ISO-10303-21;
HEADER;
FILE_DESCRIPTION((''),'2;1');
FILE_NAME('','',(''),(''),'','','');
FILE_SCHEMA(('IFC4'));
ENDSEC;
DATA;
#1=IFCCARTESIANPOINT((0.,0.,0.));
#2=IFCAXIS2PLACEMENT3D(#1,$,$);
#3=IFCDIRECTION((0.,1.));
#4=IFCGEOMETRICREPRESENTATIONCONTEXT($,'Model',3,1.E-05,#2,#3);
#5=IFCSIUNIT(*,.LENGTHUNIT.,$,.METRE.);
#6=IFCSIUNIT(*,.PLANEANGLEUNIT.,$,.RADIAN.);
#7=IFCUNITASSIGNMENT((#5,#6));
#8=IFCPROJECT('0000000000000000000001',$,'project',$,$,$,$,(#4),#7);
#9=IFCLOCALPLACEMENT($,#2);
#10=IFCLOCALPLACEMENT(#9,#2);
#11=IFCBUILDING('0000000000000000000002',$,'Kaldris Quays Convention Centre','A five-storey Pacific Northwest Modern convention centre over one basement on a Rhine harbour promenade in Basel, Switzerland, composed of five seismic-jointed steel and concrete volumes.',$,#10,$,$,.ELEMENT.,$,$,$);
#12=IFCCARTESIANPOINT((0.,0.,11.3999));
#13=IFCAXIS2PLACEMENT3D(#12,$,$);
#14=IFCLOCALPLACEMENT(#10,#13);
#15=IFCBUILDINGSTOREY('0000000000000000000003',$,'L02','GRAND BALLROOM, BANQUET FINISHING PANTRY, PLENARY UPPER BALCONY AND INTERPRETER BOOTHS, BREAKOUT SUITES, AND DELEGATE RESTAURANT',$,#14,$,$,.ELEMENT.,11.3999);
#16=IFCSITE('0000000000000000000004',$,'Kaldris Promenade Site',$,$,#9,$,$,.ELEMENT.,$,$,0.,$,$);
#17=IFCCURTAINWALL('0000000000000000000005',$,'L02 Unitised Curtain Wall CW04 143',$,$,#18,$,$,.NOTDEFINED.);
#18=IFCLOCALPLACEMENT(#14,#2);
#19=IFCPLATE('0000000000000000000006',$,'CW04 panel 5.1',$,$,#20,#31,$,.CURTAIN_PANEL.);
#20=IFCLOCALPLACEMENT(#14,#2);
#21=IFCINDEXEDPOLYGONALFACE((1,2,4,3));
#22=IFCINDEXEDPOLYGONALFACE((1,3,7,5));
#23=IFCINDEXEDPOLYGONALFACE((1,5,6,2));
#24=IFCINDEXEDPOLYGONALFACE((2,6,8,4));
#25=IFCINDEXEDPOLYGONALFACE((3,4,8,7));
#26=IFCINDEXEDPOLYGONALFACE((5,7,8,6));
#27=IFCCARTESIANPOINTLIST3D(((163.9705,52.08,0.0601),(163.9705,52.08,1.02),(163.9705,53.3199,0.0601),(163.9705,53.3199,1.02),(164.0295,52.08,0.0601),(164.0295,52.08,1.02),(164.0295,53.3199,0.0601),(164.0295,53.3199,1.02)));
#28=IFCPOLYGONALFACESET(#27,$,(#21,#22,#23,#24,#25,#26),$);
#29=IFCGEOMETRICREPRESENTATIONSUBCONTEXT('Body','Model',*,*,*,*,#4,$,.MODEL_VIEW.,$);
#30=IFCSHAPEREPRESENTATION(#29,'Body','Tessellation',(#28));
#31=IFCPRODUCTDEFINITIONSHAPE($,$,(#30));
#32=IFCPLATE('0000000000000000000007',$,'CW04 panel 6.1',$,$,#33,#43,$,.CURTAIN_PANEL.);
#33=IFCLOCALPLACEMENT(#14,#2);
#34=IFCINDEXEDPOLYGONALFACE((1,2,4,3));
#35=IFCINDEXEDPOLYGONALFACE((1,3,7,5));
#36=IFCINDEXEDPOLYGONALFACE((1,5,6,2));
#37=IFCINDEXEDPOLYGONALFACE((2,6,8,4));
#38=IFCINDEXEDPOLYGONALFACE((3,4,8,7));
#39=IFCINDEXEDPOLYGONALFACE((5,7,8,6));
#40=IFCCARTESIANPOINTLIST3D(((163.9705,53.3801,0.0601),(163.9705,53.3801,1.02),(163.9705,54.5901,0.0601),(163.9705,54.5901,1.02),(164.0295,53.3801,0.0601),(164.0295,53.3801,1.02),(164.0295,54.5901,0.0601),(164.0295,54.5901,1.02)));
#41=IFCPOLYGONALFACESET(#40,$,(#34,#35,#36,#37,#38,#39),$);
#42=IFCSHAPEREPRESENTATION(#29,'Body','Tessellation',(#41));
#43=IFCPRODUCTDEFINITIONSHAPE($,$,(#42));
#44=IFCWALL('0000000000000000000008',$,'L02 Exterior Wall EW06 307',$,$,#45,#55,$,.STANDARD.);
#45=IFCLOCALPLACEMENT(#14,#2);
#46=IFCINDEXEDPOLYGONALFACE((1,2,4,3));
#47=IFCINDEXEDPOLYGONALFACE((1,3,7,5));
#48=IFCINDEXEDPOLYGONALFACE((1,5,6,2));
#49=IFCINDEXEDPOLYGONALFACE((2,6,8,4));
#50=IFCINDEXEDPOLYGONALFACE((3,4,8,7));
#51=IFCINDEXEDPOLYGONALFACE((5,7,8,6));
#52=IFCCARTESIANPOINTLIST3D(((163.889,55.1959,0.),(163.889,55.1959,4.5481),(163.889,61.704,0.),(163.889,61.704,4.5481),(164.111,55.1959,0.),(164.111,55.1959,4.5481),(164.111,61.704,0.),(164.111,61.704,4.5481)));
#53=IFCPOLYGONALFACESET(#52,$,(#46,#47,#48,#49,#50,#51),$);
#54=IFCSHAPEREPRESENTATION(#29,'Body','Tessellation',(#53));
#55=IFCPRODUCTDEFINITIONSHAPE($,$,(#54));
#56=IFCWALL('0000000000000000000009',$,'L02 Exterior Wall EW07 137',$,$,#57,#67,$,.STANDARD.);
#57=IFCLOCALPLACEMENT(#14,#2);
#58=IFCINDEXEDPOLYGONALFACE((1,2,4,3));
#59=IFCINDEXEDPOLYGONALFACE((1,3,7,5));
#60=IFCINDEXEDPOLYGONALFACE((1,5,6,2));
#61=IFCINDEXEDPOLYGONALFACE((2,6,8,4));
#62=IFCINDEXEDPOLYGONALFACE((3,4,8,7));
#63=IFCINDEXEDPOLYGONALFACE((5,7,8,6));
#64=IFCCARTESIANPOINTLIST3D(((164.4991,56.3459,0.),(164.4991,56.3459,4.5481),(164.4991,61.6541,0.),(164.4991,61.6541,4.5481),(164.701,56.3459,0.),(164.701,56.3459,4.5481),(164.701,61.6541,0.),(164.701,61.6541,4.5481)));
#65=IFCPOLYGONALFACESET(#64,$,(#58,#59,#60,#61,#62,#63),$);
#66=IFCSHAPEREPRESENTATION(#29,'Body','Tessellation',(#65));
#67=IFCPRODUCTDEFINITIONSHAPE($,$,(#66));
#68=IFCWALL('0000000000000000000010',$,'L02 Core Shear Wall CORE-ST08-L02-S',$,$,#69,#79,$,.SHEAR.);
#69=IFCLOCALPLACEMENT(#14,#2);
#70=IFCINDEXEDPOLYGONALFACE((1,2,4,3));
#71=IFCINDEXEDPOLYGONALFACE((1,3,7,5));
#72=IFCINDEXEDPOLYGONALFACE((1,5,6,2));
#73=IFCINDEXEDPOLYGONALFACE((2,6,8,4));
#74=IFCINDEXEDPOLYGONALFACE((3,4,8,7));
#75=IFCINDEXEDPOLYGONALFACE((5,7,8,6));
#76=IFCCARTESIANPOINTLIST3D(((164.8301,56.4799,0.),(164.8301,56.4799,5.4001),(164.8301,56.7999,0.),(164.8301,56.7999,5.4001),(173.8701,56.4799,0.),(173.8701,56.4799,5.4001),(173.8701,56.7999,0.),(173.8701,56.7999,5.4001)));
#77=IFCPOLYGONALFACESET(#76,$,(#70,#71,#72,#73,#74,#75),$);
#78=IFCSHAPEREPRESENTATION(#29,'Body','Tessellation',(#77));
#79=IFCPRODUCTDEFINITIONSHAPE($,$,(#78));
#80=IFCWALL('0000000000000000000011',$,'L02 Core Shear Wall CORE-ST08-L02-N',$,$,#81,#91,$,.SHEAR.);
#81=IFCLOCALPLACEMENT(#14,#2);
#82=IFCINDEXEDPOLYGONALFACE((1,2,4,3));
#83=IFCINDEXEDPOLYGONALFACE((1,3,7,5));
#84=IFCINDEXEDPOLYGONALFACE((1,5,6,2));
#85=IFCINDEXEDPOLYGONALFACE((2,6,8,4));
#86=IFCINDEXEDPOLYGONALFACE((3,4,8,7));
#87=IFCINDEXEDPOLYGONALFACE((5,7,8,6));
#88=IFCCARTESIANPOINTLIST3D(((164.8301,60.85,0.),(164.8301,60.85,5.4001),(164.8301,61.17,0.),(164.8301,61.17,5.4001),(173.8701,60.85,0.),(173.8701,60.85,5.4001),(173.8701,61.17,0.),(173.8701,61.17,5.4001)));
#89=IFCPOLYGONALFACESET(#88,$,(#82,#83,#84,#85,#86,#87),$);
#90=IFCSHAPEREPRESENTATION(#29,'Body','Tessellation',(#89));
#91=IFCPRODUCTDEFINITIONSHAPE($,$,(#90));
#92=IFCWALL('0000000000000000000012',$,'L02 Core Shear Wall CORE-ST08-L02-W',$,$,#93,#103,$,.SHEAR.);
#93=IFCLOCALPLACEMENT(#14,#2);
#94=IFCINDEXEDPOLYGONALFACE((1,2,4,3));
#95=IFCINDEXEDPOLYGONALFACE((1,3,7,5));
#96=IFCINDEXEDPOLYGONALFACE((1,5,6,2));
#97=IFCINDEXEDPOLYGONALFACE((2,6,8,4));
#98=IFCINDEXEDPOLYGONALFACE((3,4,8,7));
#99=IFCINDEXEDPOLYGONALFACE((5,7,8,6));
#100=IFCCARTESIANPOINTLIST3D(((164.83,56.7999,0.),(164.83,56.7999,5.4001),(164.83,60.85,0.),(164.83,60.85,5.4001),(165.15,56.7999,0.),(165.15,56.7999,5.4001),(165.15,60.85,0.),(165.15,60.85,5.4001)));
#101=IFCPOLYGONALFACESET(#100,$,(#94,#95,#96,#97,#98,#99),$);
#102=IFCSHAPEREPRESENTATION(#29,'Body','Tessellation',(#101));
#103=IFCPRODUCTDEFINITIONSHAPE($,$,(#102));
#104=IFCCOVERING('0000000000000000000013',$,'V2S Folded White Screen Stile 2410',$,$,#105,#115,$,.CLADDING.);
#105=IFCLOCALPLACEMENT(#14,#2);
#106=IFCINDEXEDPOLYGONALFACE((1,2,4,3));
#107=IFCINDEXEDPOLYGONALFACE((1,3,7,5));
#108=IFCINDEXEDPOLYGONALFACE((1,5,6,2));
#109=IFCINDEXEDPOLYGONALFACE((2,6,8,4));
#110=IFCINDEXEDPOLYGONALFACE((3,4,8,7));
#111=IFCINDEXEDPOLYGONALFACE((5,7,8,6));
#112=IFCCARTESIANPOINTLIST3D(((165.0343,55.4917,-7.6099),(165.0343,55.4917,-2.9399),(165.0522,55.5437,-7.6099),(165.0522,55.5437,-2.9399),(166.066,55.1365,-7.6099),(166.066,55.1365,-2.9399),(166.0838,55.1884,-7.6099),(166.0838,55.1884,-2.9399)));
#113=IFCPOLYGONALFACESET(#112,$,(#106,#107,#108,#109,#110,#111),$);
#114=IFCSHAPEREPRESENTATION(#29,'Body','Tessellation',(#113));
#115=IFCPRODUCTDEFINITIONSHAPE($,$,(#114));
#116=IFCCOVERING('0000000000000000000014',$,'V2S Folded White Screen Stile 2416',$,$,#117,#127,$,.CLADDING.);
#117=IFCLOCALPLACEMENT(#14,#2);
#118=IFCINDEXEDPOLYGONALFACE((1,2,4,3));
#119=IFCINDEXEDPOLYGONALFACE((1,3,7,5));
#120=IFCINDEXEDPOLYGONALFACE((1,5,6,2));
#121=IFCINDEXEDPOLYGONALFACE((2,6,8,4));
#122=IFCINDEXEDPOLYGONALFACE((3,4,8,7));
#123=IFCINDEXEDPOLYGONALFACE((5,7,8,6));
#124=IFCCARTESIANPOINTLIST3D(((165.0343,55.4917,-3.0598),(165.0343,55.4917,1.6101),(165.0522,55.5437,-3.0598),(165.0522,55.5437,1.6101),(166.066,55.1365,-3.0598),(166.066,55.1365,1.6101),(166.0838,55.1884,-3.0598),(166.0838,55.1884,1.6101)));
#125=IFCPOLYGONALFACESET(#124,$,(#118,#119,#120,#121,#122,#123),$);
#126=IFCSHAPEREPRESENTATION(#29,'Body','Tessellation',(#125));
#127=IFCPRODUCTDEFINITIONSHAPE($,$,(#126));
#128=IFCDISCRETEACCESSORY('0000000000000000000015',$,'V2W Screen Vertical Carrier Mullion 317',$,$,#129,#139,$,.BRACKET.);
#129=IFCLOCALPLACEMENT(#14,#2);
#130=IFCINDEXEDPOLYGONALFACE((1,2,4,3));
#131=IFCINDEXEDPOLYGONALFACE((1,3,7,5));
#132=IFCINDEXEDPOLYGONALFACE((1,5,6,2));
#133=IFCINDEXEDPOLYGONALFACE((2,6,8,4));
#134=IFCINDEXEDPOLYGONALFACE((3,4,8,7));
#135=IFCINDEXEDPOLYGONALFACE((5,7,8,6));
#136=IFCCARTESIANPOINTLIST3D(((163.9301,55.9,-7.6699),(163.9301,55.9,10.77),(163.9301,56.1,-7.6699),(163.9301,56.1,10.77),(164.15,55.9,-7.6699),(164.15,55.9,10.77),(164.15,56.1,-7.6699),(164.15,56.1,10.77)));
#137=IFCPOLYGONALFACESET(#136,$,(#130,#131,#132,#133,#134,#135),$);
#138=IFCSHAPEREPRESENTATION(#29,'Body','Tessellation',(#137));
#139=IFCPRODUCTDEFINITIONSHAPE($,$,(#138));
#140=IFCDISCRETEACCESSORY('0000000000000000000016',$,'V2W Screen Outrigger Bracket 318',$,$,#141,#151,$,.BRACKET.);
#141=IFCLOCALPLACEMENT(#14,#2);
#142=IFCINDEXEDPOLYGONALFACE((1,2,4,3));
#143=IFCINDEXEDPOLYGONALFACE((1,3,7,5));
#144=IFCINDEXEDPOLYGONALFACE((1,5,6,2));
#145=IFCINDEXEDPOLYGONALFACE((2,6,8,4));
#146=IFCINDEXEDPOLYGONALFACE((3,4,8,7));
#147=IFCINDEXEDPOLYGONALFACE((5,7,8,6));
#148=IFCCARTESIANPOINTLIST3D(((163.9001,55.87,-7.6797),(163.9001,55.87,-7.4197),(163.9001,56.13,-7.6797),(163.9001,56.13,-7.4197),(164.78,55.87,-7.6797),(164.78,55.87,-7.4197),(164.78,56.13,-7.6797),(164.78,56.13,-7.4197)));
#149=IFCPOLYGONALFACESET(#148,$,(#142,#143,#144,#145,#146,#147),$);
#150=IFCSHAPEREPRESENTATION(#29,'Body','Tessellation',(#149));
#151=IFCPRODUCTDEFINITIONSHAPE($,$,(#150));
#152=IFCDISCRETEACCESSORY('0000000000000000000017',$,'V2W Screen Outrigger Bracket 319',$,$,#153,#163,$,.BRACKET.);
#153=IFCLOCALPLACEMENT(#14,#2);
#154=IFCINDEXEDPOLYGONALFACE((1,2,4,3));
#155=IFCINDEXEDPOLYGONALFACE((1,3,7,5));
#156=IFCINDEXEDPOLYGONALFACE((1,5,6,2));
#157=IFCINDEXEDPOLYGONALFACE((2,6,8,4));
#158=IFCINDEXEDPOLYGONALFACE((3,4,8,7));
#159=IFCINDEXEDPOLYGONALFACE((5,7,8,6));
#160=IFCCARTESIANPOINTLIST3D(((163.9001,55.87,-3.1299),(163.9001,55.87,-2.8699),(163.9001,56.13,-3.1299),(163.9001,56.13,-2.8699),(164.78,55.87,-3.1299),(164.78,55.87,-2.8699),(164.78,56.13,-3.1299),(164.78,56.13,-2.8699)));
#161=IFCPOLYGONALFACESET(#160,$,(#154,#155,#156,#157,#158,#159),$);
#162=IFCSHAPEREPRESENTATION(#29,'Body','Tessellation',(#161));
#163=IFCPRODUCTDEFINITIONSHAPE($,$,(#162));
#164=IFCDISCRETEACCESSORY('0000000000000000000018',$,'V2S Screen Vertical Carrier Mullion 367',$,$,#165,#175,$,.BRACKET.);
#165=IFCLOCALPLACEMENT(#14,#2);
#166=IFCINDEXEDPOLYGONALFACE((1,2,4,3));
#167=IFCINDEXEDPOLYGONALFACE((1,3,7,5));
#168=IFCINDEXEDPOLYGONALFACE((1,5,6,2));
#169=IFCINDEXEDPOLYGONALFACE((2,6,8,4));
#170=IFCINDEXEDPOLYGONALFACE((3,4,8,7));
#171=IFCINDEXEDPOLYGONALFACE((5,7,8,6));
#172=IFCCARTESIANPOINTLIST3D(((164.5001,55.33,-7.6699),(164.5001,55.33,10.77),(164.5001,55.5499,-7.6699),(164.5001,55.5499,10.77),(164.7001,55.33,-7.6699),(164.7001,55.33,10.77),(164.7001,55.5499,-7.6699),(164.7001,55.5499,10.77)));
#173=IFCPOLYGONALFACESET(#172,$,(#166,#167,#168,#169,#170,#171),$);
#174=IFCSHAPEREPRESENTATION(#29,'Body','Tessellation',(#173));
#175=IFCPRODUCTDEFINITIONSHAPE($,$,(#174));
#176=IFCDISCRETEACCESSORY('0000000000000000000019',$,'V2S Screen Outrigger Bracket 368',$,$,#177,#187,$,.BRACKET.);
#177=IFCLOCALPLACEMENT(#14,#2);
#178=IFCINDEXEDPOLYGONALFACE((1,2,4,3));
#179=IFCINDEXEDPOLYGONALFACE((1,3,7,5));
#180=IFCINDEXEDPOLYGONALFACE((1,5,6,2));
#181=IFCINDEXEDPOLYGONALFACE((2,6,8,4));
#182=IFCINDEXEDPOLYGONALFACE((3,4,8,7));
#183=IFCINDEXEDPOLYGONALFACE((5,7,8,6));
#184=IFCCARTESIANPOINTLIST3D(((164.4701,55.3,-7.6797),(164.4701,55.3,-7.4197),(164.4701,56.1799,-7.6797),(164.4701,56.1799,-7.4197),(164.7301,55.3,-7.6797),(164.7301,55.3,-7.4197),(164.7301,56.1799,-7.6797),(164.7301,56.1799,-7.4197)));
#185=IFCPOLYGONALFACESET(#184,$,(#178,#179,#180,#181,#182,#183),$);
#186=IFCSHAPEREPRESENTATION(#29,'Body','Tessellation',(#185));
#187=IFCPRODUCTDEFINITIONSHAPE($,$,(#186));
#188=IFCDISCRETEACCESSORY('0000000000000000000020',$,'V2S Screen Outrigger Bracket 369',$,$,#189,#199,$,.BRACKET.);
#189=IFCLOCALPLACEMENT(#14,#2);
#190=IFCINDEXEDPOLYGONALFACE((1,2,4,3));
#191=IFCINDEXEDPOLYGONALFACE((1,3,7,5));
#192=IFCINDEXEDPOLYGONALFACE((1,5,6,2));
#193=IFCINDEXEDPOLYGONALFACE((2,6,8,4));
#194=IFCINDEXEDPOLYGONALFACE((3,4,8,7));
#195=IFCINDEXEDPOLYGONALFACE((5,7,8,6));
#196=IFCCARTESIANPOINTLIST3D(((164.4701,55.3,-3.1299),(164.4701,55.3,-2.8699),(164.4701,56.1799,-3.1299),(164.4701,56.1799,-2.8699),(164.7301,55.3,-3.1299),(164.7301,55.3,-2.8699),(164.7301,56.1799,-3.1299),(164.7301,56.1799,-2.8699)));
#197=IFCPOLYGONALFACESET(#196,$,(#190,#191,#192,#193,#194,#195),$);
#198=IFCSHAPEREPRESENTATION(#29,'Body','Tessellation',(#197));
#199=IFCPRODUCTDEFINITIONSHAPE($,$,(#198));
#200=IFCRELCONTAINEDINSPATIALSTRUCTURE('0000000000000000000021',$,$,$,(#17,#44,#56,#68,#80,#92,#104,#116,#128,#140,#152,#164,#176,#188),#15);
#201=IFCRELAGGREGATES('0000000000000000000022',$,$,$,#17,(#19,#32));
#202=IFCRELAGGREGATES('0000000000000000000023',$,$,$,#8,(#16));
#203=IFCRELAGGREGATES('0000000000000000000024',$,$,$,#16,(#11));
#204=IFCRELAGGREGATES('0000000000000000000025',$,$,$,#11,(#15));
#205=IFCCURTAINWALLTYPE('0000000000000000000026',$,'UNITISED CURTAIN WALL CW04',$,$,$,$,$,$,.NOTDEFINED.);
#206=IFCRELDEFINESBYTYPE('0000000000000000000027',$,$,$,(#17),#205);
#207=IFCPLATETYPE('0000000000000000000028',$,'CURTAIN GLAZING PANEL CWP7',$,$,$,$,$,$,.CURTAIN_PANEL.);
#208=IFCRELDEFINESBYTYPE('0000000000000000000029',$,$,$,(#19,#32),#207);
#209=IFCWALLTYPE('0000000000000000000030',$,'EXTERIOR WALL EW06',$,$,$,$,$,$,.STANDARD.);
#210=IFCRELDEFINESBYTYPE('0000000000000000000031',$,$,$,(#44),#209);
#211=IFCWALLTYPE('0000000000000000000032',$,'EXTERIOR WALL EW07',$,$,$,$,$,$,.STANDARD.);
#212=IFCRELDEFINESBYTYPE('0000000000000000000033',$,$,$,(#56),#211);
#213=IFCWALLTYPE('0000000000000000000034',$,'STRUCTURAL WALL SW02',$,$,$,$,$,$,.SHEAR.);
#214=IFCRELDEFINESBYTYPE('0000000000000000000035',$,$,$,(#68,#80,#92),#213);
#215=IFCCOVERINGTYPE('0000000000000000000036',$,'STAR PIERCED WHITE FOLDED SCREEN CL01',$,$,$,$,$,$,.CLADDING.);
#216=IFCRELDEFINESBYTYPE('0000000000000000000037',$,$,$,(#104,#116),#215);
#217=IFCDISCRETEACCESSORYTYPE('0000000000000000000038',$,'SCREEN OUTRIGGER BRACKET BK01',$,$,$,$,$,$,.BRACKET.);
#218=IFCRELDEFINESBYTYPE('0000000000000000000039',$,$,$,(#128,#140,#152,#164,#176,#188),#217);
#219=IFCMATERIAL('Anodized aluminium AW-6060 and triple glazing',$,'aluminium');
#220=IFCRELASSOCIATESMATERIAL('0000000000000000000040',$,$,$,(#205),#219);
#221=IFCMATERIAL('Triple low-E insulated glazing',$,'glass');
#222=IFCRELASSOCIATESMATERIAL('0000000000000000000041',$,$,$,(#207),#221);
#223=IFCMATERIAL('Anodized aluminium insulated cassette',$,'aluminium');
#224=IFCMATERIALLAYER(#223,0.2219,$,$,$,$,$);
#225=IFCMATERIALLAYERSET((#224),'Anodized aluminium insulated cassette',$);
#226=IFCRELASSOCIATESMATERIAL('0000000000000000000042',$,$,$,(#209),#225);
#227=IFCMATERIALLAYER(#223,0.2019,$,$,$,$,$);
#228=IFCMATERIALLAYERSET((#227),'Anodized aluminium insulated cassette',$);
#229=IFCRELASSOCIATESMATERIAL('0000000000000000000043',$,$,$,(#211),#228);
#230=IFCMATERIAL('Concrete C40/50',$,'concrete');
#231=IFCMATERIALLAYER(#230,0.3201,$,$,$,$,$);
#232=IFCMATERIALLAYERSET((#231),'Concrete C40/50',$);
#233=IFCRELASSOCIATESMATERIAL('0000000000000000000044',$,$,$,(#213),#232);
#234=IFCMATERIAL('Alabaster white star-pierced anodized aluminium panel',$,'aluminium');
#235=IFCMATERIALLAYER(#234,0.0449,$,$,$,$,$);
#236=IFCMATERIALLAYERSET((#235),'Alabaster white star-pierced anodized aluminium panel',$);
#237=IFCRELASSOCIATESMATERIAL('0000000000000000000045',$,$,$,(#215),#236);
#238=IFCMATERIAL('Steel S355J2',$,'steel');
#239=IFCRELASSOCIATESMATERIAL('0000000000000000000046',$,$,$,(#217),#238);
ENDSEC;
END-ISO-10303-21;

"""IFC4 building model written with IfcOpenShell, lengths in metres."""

from ifc_helpers import new_model, si_unit, direction, frame, frame_2d, origin, origin_2d, place, context, subcontext, project, spatial, rectangle, extrude, material, layer, layer_set, type_object, element, aggregate, save


model = new_model("IFC4")

# Units and contexts
model_context = context("Model", 3, precision=1e-05, world=origin(), true_north=direction((0.0, 1.0)))
body_context = subcontext(model_context, "Body", "Model", "MODEL_VIEW")
ifc_project = project(units=[si_unit("LENGTHUNIT", "METRE"), si_unit("PLANEANGLEUNIT", "RADIAN")], contexts=[model_context])

# Site, building, storey
site_placement = place(None, origin())
site = spatial("IfcSite", under=ifc_project, at=site_placement, Name="Kaldris Promenade Site", CompositionType="ELEMENT", RefElevation=0.0)
building_placement = place(site_placement, origin())
building = spatial("IfcBuilding", under=site, at=building_placement, Name="Kaldris Quays Convention Centre", Description="A five-storey Pacific Northwest Modern convention centre over one basement on a Rhine harbour promenade in Basel, Switzerland, composed of five seismic-jointed steel and concrete volumes.", CompositionType="ELEMENT")
storey_placement = place(building_placement, frame((0.0, 0.0, 11.3999)))
storey = spatial("IfcBuildingStorey", under=building, at=storey_placement, Name="L02", Description="GRAND BALLROOM, BANQUET FINISHING PANTRY, PLENARY UPPER BALCONY AND INTERPRETER BOOTHS, BREAKOUT SUITES, AND DELEGATE RESTAURANT", CompositionType="ELEMENT", Elevation=11.3999)

# Shared definitions
ifc_material_1 = material(Name="Steel S355J2", Category="steel")

# Shared definitions
ifc_material_2 = material(Name="Anodized aluminium AW-6060 and triple glazing", Category="aluminium")

# Curtain wall
curtain_wall_type_1 = type_object("IfcCurtainWallType", Name="UNITISED CURTAIN WALL CW04", PredefinedType="NOTDEFINED", material=ifc_material_2)
curtain_wall_1_placement = place(storey_placement, origin())
curtain_wall_1 = element("IfcCurtainWall", 1, at=curtain_wall_1_placement, inside=storey, type_object=curtain_wall_type_1, Name="L02 Unitised Curtain Wall CW04 143", PredefinedType="NOTDEFINED")

# Plates
ifc_material_3 = material(Name="Triple low-E insulated glazing", Category="glass")
plate_type_1 = type_object("IfcPlateType", Name="CURTAIN GLAZING PANEL CWP7", PredefinedType="CURTAIN_PANEL", material=ifc_material_3)
plate_1_placement = place(storey_placement, frame((164.0, 52.7, 0.0601), z_axis=(0.0, 0.0, 1.0), x_axis=(0.0, 1.0, 0.0)))
plate_1 = element("IfcPlate", 2, at=plate_1_placement, type_object=plate_type_1, Name="CW04 panel 5.1", PredefinedType="CURTAIN_PANEL", context=body_context, shape_type="SweptSolid", body=[
    extrude(rectangle(XDim=1.24, YDim=0.0591, at=origin_2d()), origin(), (0.0, 0.0, 1.0), 0.96),
])
plate_2_placement = place(storey_placement, frame((164.0, 53.9851, 0.0601), z_axis=(0.0, 0.0, 1.0), x_axis=(0.0, 1.0, 0.0)))
plate_2 = element("IfcPlate", 3, at=plate_2_placement, type_object=plate_type_1, Name="CW04 panel 6.1", PredefinedType="CURTAIN_PANEL", context=body_context, shape_type="SweptSolid", body=[
    extrude(rectangle(XDim=1.21, YDim=0.0591, at=origin_2d()), origin(), (0.0, 0.0, 1.0), 0.96),
])
aggregate(curtain_wall_1, [plate_1, plate_2])

# Walls
ifc_material_4 = material(Name="Anodized aluminium insulated cassette", Category="aluminium")
ifc_layer_1 = layer(ifc_material_4, 0.2219)
ifc_layer_set_1 = layer_set([ifc_layer_1], Name="Anodized aluminium insulated cassette")
wall_type_1 = type_object("IfcWallType", Name="EXTERIOR WALL EW06", PredefinedType="STANDARD", material=ifc_layer_set_1)
wall_1_placement = place(storey_placement, frame((164.0, 55.196, 0.0), z_axis=(0.0, 0.0, 1.0), x_axis=(0.0, 1.0, 0.0)))
element("IfcWall", 4, at=wall_1_placement, inside=storey, type_object=wall_type_1, Name="L02 Exterior Wall EW06 307", PredefinedType="STANDARD", context=body_context, shape_type="SweptSolid", body=[
    extrude(rectangle(XDim=6.5081, YDim=0.2219, at=frame_2d((3.2539, 0.0))), origin(), (0.0, 0.0, 1.0), 4.5481),
])
ifc_layer_2 = layer(ifc_material_4, 0.2019)
ifc_layer_set_2 = layer_set([ifc_layer_2], Name="Anodized aluminium insulated cassette")
wall_type_2 = type_object("IfcWallType", Name="EXTERIOR WALL EW07", PredefinedType="STANDARD", material=ifc_layer_set_2)
wall_2_placement = place(storey_placement, frame((164.6001, 56.3459, 0.0), z_axis=(0.0, 0.0, 1.0), x_axis=(0.0, 1.0, 0.0)))
element("IfcWall", 5, at=wall_2_placement, inside=storey, type_object=wall_type_2, Name="L02 Exterior Wall EW07 137", PredefinedType="STANDARD", context=body_context, shape_type="SweptSolid", body=[
    extrude(rectangle(XDim=5.3081, YDim=0.2019, at=frame_2d((2.6541, 0.0))), origin(), (0.0, 0.0, 1.0), 4.5481),
])
ifc_material_5 = material(Name="Concrete C40/50", Category="concrete")
ifc_layer_3 = layer(ifc_material_5, 0.3201)
ifc_layer_set_3 = layer_set([ifc_layer_3], Name="Concrete C40/50")
wall_type_3 = type_object("IfcWallType", Name="STRUCTURAL WALL SW02", PredefinedType="SHEAR", material=ifc_layer_set_3)
for number, where, z_axis, x_axis, name in (
    (6, (164.8301, 56.6399, 0.0), (0.0, 0.0, 1.0), (1.0, 0.0, 0.0), "L02 Core Shear Wall CORE-ST08-L02-S"),
    (7, (164.8301, 61.01, 0.0), (0.0, 0.0, 1.0), (1.0, 0.0, 0.0), "L02 Core Shear Wall CORE-ST08-L02-N"),
):
    element("IfcWall", number, at=place(storey_placement, frame(where, z_axis=z_axis, x_axis=x_axis)), inside=storey, type_object=wall_type_3, Name=name, PredefinedType="SHEAR", context=body_context, shape_type="SweptSolid", body=[
        extrude(rectangle(XDim=9.04, YDim=0.3201, at=frame_2d((4.52, 0.0))), origin(), (0.0, 0.0, 1.0), 5.4001),
    ])
wall_3_placement = place(storey_placement, frame((164.99, 56.8, 0.0), z_axis=(0.0, 0.0, 1.0), x_axis=(0.0, 1.0, 0.0)))
element("IfcWall", 8, at=wall_3_placement, inside=storey, type_object=wall_type_3, Name="L02 Core Shear Wall CORE-ST08-L02-W", PredefinedType="SHEAR", context=body_context, shape_type="SweptSolid", body=[
    extrude(rectangle(XDim=4.05, YDim=0.3201, at=frame_2d((2.0249, 0.0))), origin(), (0.0, 0.0, 1.0), 5.4001),
])

# Coverings
ifc_material_6 = material(Name="Alabaster white star-pierced anodized aluminium panel", Category="aluminium")
ifc_layer_4 = layer(ifc_material_6, 0.0449)
ifc_layer_set_4 = layer_set([ifc_layer_4], Name="Alabaster white star-pierced anodized aluminium panel")
covering_type = type_object("IfcCoveringType", Name="STAR PIERCED WHITE FOLDED SCREEN CL01", PredefinedType="CLADDING", material=ifc_layer_set_4)
for number, where, z_axis, x_axis, name in (
    (9, (165.5591, 55.3401, -7.6099), (0.0, 0.0, 1.0), (0.945519, -0.325568, 0.0), "V2S Folded White Screen Stile 2410"),
    (10, (165.5591, 55.3401, -3.0598), (0.0, 0.0, 1.0), (0.945519, -0.325568, 0.0), "V2S Folded White Screen Stile 2416"),
):
    element("IfcCovering", number, at=place(storey_placement, frame(where, z_axis=z_axis, x_axis=x_axis)), inside=storey, type_object=covering_type, Name=name, PredefinedType="CLADDING", context=body_context, shape_type="SweptSolid", body=[
        extrude(rectangle(XDim=1.0911, YDim=0.0549, at=origin_2d()), origin(), (0.0, 0.0, 1.0), 4.6699),
    ])

# Discrete accessories
discrete_accessory_type = type_object("IfcDiscreteAccessoryType", Name="SCREEN OUTRIGGER BRACKET BK01", PredefinedType="BRACKET", material=ifc_material_1)
discrete_accessory_1_placement = place(storey_placement, frame((164.04, 56.0, -7.6699), z_axis=(0.0, 0.0, 1.0), x_axis=(0.0, 1.0, 0.0)))
element("IfcDiscreteAccessory", 11, at=discrete_accessory_1_placement, inside=storey, type_object=discrete_accessory_type, Name="V2W Screen Vertical Carrier Mullion 317", PredefinedType="BRACKET", context=body_context, shape_type="SweptSolid", body=[
    extrude(rectangle(XDim=0.2, YDim=0.22, at=origin_2d()), origin(), (0.0, 0.0, 1.0), 18.4399),
])
for number, where, z_axis, x_axis, name in (
    (12, (164.3401, 56.0, -7.6797), (0.0, 0.0, 1.0), (0.0, 1.0, 0.0), "V2W Screen Outrigger Bracket 318"),
    (13, (164.3401, 56.0, -3.1299), (0.0, 0.0, 1.0), (0.0, 1.0, 0.0), "V2W Screen Outrigger Bracket 319"),
):
    element("IfcDiscreteAccessory", number, at=place(storey_placement, frame(where, z_axis=z_axis, x_axis=x_axis)), inside=storey, type_object=discrete_accessory_type, Name=name, PredefinedType="BRACKET", context=body_context, shape_type="SweptSolid", body=[
        extrude(rectangle(XDim=0.26, YDim=0.8799, at=origin_2d()), origin(), (0.0, 0.0, 1.0), 0.26),
    ])
discrete_accessory_2_placement = place(storey_placement, frame((164.6001, 55.4399, -7.6699), z_axis=(0.0, 0.0, 1.0), x_axis=(1.0, 0.0, 0.0)))
element("IfcDiscreteAccessory", 14, at=discrete_accessory_2_placement, inside=storey, type_object=discrete_accessory_type, Name="V2S Screen Vertical Carrier Mullion 367", PredefinedType="BRACKET", context=body_context, shape_type="SweptSolid", body=[
    extrude(rectangle(XDim=0.2, YDim=0.22, at=origin_2d()), origin(), (0.0, 0.0, 1.0), 18.4399),
])
for number, where, z_axis, x_axis, name in (
    (15, (164.6001, 55.74, -7.6797), (0.0, 0.0, 1.0), (1.0, 0.0, 0.0), "V2S Screen Outrigger Bracket 368"),
    (16, (164.6001, 55.74, -3.1299), (0.0, 0.0, 1.0), (1.0, 0.0, 0.0), "V2S Screen Outrigger Bracket 369"),
):
    element("IfcDiscreteAccessory", number, at=place(storey_placement, frame(where, z_axis=z_axis, x_axis=x_axis)), inside=storey, type_object=discrete_accessory_type, Name=name, PredefinedType="BRACKET", context=body_context, shape_type="SweptSolid", body=[
        extrude(rectangle(XDim=0.26, YDim=0.8799, at=origin_2d()), origin(), (0.0, 0.0, 1.0), 0.26),
    ])

save(model, "model.ifc")
